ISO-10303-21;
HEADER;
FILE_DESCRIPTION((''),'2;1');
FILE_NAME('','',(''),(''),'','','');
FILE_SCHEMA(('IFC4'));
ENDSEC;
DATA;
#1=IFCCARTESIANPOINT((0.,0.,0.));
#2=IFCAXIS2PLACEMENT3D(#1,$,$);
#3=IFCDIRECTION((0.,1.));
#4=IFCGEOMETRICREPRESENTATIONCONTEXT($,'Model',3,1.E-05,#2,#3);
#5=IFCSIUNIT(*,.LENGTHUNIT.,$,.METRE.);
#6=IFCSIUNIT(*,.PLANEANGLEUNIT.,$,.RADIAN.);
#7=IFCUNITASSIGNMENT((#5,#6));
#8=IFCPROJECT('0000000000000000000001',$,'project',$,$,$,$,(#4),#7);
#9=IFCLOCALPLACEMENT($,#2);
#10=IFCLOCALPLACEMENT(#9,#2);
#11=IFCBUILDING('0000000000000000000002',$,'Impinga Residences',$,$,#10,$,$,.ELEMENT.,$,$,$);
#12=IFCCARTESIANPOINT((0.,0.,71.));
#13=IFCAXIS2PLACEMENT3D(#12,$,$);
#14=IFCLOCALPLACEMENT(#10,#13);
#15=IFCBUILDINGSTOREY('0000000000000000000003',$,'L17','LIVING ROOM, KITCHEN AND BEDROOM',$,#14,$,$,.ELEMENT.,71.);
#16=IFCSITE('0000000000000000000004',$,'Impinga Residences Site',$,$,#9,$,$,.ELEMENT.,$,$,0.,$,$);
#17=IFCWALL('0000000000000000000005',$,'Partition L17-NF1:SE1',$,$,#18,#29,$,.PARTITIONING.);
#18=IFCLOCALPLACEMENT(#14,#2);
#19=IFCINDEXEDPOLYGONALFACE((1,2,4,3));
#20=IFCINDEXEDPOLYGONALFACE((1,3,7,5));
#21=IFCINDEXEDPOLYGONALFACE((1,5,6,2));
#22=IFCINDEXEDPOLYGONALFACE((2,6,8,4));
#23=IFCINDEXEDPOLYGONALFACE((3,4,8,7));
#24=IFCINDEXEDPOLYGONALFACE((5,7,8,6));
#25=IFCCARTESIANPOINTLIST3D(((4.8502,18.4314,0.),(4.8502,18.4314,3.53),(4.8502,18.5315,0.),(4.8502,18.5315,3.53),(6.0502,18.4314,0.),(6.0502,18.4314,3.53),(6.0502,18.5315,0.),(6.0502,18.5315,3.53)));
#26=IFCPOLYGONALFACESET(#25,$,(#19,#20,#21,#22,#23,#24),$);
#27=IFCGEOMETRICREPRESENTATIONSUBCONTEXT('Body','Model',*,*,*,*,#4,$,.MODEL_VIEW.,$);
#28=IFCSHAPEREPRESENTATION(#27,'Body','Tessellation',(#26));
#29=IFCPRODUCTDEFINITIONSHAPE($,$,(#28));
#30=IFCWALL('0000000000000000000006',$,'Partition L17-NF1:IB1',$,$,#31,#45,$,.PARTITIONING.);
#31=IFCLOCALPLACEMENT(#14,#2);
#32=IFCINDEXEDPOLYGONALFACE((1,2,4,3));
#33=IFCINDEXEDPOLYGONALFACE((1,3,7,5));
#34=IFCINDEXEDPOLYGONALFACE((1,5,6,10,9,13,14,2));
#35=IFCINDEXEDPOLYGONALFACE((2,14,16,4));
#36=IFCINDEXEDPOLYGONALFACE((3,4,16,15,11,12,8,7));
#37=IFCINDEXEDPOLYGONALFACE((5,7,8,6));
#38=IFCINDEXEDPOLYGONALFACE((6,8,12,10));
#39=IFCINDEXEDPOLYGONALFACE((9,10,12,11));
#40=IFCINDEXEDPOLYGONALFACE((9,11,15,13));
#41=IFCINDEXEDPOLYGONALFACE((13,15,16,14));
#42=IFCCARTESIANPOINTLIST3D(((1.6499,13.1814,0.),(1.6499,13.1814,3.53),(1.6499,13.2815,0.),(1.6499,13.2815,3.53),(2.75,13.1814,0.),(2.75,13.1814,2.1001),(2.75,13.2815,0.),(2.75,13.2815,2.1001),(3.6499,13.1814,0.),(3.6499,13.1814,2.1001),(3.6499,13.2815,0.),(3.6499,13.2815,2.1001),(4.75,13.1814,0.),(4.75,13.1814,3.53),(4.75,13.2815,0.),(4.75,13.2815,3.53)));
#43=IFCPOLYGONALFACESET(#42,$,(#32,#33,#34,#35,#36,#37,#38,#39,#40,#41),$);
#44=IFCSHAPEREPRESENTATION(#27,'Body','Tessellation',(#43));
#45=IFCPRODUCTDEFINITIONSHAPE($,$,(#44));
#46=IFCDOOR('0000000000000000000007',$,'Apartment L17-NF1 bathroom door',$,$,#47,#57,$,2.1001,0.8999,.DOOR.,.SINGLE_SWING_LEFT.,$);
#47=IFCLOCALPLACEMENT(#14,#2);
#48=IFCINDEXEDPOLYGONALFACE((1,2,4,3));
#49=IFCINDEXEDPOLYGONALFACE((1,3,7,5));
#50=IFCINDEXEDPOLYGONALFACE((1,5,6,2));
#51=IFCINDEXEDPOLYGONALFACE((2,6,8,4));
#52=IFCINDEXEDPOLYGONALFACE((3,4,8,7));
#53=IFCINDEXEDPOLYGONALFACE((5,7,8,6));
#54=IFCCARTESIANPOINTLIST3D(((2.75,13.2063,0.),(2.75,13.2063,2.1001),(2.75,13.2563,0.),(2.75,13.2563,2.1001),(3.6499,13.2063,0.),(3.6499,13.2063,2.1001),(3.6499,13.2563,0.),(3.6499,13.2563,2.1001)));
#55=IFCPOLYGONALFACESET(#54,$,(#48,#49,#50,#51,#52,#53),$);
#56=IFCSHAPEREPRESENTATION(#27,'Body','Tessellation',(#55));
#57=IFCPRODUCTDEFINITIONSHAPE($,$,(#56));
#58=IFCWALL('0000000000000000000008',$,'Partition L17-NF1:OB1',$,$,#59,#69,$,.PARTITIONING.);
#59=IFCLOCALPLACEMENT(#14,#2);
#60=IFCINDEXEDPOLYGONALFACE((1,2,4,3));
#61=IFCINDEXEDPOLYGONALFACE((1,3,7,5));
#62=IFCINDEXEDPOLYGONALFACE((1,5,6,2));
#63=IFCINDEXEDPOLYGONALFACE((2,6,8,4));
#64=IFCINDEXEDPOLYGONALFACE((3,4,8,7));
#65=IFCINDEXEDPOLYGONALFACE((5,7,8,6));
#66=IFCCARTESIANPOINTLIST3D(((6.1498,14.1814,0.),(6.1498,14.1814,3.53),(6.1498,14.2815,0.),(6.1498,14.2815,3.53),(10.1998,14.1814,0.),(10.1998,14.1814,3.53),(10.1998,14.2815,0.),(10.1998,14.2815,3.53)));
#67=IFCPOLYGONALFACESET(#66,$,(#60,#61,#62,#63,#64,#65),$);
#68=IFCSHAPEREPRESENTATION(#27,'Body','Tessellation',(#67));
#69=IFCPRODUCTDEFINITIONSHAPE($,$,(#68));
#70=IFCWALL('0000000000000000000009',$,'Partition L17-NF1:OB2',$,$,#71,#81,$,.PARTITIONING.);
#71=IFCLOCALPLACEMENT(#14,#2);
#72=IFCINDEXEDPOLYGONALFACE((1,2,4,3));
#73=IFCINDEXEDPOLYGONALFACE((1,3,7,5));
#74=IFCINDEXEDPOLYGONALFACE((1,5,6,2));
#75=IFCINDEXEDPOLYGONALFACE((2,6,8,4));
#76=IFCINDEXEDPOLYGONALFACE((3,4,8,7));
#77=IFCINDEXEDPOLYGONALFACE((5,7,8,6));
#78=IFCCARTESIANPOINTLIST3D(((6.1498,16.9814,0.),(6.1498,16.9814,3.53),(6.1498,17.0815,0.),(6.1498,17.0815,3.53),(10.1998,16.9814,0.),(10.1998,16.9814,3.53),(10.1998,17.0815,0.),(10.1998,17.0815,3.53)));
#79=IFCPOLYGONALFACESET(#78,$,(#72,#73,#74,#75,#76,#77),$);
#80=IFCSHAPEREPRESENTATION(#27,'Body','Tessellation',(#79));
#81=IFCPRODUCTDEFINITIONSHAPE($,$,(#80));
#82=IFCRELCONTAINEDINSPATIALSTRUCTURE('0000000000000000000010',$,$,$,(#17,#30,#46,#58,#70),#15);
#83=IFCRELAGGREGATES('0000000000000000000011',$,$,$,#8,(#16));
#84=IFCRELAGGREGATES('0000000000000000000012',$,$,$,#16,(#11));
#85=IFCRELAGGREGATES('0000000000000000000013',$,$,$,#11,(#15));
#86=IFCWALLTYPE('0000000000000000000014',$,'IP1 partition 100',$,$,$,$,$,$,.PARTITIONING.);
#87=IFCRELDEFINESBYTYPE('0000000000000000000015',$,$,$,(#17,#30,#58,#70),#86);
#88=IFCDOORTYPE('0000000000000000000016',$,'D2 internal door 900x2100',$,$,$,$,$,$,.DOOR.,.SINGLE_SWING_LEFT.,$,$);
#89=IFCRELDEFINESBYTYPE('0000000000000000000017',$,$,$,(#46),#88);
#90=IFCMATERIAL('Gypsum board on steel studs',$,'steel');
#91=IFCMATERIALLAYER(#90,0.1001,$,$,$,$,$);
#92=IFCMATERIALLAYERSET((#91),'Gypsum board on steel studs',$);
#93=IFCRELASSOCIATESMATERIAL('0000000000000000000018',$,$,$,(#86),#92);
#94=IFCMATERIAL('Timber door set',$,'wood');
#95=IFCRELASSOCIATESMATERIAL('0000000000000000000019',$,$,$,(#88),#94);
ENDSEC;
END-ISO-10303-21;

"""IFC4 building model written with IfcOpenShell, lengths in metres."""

from ifc_helpers import new_model, si_unit, direction, frame, frame_2d, origin, place, context, subcontext, project, spatial, rectangle, extrude, material, layer, layer_set, type_object, element, fill, save


model = new_model("IFC4")

# Units and contexts
model_context = context("Model", 3, precision=1e-05, world=origin(), true_north=direction((0.0, 1.0)))
body_context = subcontext(model_context, "Body", "Model", "MODEL_VIEW")
ifc_project = project(units=[si_unit("LENGTHUNIT", "METRE"), si_unit("PLANEANGLEUNIT", "RADIAN")], contexts=[model_context])

# Site, building, storey
site_placement = place(None, origin())
site = spatial("IfcSite", under=ifc_project, at=site_placement, Name="Impinga Residences Site", CompositionType="ELEMENT", RefElevation=0.0)
building_placement = place(site_placement, origin())
building = spatial("IfcBuilding", under=site, at=building_placement, Name="Impinga Residences", CompositionType="ELEMENT")
storey_placement = place(building_placement, frame((0.0, 0.0, 71.0)))
storey = spatial("IfcBuildingStorey", under=building, at=storey_placement, Name="L17", Description="LIVING ROOM, KITCHEN AND BEDROOM", CompositionType="ELEMENT", Elevation=71.0)

# Shared definitions
ifc_material_1 = material(Name="Gypsum board on steel studs", Category="steel")
ifc_layer_1 = layer(ifc_material_1, 0.1001)
ifc_layer_set_1 = layer_set([ifc_layer_1], Name="Gypsum board on steel studs")
wall_type_1 = type_object("IfcWallType", Name="IP1 partition 100", PredefinedType="PARTITIONING", material=ifc_layer_set_1)

# Shared definitions
ifc_material_2 = material(Name="Timber door set", Category="wood")
door_type = type_object("IfcDoorType", Name="D2 internal door 900x2100", OperationType="SINGLE_SWING_LEFT", PredefinedType="DOOR", material=ifc_material_2)

# Wall
wall_1_placement = place(storey_placement, frame((4.8501, 18.4814, 0.0), z_axis=(0.0, 0.0, 1.0), x_axis=(1.0, 0.0, 0.0)))
element("IfcWall", 1, at=wall_1_placement, inside=storey, type_object=wall_type_1, Name="Partition L17-NF1:SE1", PredefinedType="PARTITIONING", context=body_context, shape_type="SweptSolid", body=[
    extrude(rectangle(XDim=1.2, YDim=0.1001, at=frame_2d((0.6001, 0.0))), origin(), (0.0, 0.0, 1.0), 3.53),
])

# Wall, opening, door
wall_2_placement = place(storey_placement, frame((1.6499, 13.2314, 0.0), z_axis=(0.0, 0.0, 1.0), x_axis=(1.0, 0.0, 0.0)))
wall_2 = element("IfcWall", 2, at=wall_2_placement, inside=storey, type_object=wall_type_1, Name="Partition L17-NF1:IB1", PredefinedType="PARTITIONING", context=body_context, shape_type="SweptSolid", body=[
    extrude(rectangle(XDim=3.1001, YDim=0.1001, at=frame_2d((1.55, 0.0))), origin(), (0.0, 0.0, 1.0), 3.53),
])
opening_1_placement = place(wall_2_placement, frame((1.1001, 0.0, 0.0)))
opening_1 = element("IfcOpeningElement", 3, at=opening_1_placement, cuts=wall_2, PredefinedType="OPENING", context=body_context, shape_type="SweptSolid", body=[
    extrude(rectangle(XDim=0.8999, YDim=2.1001, at=frame_2d((0.45, 1.05))), frame((0.0, 0.0601, 0.0), z_axis=(0.0, -1.0, 0.0), x_axis=(1.0, 0.0, 0.0)), (0.0, 0.0, 1.0), 0.1201),
])
door_1_placement = place(opening_1_placement, origin())
door_1 = element("IfcDoor", 4, at=door_1_placement, inside=storey, type_object=door_type, Name="Apartment L17-NF1 bathroom door", OperationType="SINGLE_SWING_LEFT", OverallHeight=2.1001, OverallWidth=0.8999, PredefinedType="DOOR", context=body_context, shape_type="SweptSolid", body=[
    extrude(rectangle(XDim=0.8999, YDim=2.1001, at=frame_2d((0.45, 1.05))), frame((0.0, 0.0249, 0.0), z_axis=(0.0, -1.0, 0.0), x_axis=(1.0, 0.0, 0.0)), (0.0, 0.0, 1.0), 0.05),
])
fill(opening_1, door_1)

# Walls
for number, where, z_axis, x_axis, name in (
    (5, (6.1499, 14.2314, 0.0), (0.0, 0.0, 1.0), (1.0, 0.0, 0.0), "Partition L17-NF1:OB1"),
    (6, (6.1499, 17.0315, 0.0), (0.0, 0.0, 1.0), (1.0, 0.0, 0.0), "Partition L17-NF1:OB2"),
):
    element("IfcWall", number, at=place(storey_placement, frame(where, z_axis=z_axis, x_axis=x_axis)), inside=storey, type_object=wall_type_1, Name=name, PredefinedType="PARTITIONING", context=body_context, shape_type="SweptSolid", body=[
        extrude(rectangle(XDim=4.05, YDim=0.1001, at=frame_2d((2.0249, 0.0))), origin(), (0.0, 0.0, 1.0), 3.53),
    ])

save(model, "model.ifc")
